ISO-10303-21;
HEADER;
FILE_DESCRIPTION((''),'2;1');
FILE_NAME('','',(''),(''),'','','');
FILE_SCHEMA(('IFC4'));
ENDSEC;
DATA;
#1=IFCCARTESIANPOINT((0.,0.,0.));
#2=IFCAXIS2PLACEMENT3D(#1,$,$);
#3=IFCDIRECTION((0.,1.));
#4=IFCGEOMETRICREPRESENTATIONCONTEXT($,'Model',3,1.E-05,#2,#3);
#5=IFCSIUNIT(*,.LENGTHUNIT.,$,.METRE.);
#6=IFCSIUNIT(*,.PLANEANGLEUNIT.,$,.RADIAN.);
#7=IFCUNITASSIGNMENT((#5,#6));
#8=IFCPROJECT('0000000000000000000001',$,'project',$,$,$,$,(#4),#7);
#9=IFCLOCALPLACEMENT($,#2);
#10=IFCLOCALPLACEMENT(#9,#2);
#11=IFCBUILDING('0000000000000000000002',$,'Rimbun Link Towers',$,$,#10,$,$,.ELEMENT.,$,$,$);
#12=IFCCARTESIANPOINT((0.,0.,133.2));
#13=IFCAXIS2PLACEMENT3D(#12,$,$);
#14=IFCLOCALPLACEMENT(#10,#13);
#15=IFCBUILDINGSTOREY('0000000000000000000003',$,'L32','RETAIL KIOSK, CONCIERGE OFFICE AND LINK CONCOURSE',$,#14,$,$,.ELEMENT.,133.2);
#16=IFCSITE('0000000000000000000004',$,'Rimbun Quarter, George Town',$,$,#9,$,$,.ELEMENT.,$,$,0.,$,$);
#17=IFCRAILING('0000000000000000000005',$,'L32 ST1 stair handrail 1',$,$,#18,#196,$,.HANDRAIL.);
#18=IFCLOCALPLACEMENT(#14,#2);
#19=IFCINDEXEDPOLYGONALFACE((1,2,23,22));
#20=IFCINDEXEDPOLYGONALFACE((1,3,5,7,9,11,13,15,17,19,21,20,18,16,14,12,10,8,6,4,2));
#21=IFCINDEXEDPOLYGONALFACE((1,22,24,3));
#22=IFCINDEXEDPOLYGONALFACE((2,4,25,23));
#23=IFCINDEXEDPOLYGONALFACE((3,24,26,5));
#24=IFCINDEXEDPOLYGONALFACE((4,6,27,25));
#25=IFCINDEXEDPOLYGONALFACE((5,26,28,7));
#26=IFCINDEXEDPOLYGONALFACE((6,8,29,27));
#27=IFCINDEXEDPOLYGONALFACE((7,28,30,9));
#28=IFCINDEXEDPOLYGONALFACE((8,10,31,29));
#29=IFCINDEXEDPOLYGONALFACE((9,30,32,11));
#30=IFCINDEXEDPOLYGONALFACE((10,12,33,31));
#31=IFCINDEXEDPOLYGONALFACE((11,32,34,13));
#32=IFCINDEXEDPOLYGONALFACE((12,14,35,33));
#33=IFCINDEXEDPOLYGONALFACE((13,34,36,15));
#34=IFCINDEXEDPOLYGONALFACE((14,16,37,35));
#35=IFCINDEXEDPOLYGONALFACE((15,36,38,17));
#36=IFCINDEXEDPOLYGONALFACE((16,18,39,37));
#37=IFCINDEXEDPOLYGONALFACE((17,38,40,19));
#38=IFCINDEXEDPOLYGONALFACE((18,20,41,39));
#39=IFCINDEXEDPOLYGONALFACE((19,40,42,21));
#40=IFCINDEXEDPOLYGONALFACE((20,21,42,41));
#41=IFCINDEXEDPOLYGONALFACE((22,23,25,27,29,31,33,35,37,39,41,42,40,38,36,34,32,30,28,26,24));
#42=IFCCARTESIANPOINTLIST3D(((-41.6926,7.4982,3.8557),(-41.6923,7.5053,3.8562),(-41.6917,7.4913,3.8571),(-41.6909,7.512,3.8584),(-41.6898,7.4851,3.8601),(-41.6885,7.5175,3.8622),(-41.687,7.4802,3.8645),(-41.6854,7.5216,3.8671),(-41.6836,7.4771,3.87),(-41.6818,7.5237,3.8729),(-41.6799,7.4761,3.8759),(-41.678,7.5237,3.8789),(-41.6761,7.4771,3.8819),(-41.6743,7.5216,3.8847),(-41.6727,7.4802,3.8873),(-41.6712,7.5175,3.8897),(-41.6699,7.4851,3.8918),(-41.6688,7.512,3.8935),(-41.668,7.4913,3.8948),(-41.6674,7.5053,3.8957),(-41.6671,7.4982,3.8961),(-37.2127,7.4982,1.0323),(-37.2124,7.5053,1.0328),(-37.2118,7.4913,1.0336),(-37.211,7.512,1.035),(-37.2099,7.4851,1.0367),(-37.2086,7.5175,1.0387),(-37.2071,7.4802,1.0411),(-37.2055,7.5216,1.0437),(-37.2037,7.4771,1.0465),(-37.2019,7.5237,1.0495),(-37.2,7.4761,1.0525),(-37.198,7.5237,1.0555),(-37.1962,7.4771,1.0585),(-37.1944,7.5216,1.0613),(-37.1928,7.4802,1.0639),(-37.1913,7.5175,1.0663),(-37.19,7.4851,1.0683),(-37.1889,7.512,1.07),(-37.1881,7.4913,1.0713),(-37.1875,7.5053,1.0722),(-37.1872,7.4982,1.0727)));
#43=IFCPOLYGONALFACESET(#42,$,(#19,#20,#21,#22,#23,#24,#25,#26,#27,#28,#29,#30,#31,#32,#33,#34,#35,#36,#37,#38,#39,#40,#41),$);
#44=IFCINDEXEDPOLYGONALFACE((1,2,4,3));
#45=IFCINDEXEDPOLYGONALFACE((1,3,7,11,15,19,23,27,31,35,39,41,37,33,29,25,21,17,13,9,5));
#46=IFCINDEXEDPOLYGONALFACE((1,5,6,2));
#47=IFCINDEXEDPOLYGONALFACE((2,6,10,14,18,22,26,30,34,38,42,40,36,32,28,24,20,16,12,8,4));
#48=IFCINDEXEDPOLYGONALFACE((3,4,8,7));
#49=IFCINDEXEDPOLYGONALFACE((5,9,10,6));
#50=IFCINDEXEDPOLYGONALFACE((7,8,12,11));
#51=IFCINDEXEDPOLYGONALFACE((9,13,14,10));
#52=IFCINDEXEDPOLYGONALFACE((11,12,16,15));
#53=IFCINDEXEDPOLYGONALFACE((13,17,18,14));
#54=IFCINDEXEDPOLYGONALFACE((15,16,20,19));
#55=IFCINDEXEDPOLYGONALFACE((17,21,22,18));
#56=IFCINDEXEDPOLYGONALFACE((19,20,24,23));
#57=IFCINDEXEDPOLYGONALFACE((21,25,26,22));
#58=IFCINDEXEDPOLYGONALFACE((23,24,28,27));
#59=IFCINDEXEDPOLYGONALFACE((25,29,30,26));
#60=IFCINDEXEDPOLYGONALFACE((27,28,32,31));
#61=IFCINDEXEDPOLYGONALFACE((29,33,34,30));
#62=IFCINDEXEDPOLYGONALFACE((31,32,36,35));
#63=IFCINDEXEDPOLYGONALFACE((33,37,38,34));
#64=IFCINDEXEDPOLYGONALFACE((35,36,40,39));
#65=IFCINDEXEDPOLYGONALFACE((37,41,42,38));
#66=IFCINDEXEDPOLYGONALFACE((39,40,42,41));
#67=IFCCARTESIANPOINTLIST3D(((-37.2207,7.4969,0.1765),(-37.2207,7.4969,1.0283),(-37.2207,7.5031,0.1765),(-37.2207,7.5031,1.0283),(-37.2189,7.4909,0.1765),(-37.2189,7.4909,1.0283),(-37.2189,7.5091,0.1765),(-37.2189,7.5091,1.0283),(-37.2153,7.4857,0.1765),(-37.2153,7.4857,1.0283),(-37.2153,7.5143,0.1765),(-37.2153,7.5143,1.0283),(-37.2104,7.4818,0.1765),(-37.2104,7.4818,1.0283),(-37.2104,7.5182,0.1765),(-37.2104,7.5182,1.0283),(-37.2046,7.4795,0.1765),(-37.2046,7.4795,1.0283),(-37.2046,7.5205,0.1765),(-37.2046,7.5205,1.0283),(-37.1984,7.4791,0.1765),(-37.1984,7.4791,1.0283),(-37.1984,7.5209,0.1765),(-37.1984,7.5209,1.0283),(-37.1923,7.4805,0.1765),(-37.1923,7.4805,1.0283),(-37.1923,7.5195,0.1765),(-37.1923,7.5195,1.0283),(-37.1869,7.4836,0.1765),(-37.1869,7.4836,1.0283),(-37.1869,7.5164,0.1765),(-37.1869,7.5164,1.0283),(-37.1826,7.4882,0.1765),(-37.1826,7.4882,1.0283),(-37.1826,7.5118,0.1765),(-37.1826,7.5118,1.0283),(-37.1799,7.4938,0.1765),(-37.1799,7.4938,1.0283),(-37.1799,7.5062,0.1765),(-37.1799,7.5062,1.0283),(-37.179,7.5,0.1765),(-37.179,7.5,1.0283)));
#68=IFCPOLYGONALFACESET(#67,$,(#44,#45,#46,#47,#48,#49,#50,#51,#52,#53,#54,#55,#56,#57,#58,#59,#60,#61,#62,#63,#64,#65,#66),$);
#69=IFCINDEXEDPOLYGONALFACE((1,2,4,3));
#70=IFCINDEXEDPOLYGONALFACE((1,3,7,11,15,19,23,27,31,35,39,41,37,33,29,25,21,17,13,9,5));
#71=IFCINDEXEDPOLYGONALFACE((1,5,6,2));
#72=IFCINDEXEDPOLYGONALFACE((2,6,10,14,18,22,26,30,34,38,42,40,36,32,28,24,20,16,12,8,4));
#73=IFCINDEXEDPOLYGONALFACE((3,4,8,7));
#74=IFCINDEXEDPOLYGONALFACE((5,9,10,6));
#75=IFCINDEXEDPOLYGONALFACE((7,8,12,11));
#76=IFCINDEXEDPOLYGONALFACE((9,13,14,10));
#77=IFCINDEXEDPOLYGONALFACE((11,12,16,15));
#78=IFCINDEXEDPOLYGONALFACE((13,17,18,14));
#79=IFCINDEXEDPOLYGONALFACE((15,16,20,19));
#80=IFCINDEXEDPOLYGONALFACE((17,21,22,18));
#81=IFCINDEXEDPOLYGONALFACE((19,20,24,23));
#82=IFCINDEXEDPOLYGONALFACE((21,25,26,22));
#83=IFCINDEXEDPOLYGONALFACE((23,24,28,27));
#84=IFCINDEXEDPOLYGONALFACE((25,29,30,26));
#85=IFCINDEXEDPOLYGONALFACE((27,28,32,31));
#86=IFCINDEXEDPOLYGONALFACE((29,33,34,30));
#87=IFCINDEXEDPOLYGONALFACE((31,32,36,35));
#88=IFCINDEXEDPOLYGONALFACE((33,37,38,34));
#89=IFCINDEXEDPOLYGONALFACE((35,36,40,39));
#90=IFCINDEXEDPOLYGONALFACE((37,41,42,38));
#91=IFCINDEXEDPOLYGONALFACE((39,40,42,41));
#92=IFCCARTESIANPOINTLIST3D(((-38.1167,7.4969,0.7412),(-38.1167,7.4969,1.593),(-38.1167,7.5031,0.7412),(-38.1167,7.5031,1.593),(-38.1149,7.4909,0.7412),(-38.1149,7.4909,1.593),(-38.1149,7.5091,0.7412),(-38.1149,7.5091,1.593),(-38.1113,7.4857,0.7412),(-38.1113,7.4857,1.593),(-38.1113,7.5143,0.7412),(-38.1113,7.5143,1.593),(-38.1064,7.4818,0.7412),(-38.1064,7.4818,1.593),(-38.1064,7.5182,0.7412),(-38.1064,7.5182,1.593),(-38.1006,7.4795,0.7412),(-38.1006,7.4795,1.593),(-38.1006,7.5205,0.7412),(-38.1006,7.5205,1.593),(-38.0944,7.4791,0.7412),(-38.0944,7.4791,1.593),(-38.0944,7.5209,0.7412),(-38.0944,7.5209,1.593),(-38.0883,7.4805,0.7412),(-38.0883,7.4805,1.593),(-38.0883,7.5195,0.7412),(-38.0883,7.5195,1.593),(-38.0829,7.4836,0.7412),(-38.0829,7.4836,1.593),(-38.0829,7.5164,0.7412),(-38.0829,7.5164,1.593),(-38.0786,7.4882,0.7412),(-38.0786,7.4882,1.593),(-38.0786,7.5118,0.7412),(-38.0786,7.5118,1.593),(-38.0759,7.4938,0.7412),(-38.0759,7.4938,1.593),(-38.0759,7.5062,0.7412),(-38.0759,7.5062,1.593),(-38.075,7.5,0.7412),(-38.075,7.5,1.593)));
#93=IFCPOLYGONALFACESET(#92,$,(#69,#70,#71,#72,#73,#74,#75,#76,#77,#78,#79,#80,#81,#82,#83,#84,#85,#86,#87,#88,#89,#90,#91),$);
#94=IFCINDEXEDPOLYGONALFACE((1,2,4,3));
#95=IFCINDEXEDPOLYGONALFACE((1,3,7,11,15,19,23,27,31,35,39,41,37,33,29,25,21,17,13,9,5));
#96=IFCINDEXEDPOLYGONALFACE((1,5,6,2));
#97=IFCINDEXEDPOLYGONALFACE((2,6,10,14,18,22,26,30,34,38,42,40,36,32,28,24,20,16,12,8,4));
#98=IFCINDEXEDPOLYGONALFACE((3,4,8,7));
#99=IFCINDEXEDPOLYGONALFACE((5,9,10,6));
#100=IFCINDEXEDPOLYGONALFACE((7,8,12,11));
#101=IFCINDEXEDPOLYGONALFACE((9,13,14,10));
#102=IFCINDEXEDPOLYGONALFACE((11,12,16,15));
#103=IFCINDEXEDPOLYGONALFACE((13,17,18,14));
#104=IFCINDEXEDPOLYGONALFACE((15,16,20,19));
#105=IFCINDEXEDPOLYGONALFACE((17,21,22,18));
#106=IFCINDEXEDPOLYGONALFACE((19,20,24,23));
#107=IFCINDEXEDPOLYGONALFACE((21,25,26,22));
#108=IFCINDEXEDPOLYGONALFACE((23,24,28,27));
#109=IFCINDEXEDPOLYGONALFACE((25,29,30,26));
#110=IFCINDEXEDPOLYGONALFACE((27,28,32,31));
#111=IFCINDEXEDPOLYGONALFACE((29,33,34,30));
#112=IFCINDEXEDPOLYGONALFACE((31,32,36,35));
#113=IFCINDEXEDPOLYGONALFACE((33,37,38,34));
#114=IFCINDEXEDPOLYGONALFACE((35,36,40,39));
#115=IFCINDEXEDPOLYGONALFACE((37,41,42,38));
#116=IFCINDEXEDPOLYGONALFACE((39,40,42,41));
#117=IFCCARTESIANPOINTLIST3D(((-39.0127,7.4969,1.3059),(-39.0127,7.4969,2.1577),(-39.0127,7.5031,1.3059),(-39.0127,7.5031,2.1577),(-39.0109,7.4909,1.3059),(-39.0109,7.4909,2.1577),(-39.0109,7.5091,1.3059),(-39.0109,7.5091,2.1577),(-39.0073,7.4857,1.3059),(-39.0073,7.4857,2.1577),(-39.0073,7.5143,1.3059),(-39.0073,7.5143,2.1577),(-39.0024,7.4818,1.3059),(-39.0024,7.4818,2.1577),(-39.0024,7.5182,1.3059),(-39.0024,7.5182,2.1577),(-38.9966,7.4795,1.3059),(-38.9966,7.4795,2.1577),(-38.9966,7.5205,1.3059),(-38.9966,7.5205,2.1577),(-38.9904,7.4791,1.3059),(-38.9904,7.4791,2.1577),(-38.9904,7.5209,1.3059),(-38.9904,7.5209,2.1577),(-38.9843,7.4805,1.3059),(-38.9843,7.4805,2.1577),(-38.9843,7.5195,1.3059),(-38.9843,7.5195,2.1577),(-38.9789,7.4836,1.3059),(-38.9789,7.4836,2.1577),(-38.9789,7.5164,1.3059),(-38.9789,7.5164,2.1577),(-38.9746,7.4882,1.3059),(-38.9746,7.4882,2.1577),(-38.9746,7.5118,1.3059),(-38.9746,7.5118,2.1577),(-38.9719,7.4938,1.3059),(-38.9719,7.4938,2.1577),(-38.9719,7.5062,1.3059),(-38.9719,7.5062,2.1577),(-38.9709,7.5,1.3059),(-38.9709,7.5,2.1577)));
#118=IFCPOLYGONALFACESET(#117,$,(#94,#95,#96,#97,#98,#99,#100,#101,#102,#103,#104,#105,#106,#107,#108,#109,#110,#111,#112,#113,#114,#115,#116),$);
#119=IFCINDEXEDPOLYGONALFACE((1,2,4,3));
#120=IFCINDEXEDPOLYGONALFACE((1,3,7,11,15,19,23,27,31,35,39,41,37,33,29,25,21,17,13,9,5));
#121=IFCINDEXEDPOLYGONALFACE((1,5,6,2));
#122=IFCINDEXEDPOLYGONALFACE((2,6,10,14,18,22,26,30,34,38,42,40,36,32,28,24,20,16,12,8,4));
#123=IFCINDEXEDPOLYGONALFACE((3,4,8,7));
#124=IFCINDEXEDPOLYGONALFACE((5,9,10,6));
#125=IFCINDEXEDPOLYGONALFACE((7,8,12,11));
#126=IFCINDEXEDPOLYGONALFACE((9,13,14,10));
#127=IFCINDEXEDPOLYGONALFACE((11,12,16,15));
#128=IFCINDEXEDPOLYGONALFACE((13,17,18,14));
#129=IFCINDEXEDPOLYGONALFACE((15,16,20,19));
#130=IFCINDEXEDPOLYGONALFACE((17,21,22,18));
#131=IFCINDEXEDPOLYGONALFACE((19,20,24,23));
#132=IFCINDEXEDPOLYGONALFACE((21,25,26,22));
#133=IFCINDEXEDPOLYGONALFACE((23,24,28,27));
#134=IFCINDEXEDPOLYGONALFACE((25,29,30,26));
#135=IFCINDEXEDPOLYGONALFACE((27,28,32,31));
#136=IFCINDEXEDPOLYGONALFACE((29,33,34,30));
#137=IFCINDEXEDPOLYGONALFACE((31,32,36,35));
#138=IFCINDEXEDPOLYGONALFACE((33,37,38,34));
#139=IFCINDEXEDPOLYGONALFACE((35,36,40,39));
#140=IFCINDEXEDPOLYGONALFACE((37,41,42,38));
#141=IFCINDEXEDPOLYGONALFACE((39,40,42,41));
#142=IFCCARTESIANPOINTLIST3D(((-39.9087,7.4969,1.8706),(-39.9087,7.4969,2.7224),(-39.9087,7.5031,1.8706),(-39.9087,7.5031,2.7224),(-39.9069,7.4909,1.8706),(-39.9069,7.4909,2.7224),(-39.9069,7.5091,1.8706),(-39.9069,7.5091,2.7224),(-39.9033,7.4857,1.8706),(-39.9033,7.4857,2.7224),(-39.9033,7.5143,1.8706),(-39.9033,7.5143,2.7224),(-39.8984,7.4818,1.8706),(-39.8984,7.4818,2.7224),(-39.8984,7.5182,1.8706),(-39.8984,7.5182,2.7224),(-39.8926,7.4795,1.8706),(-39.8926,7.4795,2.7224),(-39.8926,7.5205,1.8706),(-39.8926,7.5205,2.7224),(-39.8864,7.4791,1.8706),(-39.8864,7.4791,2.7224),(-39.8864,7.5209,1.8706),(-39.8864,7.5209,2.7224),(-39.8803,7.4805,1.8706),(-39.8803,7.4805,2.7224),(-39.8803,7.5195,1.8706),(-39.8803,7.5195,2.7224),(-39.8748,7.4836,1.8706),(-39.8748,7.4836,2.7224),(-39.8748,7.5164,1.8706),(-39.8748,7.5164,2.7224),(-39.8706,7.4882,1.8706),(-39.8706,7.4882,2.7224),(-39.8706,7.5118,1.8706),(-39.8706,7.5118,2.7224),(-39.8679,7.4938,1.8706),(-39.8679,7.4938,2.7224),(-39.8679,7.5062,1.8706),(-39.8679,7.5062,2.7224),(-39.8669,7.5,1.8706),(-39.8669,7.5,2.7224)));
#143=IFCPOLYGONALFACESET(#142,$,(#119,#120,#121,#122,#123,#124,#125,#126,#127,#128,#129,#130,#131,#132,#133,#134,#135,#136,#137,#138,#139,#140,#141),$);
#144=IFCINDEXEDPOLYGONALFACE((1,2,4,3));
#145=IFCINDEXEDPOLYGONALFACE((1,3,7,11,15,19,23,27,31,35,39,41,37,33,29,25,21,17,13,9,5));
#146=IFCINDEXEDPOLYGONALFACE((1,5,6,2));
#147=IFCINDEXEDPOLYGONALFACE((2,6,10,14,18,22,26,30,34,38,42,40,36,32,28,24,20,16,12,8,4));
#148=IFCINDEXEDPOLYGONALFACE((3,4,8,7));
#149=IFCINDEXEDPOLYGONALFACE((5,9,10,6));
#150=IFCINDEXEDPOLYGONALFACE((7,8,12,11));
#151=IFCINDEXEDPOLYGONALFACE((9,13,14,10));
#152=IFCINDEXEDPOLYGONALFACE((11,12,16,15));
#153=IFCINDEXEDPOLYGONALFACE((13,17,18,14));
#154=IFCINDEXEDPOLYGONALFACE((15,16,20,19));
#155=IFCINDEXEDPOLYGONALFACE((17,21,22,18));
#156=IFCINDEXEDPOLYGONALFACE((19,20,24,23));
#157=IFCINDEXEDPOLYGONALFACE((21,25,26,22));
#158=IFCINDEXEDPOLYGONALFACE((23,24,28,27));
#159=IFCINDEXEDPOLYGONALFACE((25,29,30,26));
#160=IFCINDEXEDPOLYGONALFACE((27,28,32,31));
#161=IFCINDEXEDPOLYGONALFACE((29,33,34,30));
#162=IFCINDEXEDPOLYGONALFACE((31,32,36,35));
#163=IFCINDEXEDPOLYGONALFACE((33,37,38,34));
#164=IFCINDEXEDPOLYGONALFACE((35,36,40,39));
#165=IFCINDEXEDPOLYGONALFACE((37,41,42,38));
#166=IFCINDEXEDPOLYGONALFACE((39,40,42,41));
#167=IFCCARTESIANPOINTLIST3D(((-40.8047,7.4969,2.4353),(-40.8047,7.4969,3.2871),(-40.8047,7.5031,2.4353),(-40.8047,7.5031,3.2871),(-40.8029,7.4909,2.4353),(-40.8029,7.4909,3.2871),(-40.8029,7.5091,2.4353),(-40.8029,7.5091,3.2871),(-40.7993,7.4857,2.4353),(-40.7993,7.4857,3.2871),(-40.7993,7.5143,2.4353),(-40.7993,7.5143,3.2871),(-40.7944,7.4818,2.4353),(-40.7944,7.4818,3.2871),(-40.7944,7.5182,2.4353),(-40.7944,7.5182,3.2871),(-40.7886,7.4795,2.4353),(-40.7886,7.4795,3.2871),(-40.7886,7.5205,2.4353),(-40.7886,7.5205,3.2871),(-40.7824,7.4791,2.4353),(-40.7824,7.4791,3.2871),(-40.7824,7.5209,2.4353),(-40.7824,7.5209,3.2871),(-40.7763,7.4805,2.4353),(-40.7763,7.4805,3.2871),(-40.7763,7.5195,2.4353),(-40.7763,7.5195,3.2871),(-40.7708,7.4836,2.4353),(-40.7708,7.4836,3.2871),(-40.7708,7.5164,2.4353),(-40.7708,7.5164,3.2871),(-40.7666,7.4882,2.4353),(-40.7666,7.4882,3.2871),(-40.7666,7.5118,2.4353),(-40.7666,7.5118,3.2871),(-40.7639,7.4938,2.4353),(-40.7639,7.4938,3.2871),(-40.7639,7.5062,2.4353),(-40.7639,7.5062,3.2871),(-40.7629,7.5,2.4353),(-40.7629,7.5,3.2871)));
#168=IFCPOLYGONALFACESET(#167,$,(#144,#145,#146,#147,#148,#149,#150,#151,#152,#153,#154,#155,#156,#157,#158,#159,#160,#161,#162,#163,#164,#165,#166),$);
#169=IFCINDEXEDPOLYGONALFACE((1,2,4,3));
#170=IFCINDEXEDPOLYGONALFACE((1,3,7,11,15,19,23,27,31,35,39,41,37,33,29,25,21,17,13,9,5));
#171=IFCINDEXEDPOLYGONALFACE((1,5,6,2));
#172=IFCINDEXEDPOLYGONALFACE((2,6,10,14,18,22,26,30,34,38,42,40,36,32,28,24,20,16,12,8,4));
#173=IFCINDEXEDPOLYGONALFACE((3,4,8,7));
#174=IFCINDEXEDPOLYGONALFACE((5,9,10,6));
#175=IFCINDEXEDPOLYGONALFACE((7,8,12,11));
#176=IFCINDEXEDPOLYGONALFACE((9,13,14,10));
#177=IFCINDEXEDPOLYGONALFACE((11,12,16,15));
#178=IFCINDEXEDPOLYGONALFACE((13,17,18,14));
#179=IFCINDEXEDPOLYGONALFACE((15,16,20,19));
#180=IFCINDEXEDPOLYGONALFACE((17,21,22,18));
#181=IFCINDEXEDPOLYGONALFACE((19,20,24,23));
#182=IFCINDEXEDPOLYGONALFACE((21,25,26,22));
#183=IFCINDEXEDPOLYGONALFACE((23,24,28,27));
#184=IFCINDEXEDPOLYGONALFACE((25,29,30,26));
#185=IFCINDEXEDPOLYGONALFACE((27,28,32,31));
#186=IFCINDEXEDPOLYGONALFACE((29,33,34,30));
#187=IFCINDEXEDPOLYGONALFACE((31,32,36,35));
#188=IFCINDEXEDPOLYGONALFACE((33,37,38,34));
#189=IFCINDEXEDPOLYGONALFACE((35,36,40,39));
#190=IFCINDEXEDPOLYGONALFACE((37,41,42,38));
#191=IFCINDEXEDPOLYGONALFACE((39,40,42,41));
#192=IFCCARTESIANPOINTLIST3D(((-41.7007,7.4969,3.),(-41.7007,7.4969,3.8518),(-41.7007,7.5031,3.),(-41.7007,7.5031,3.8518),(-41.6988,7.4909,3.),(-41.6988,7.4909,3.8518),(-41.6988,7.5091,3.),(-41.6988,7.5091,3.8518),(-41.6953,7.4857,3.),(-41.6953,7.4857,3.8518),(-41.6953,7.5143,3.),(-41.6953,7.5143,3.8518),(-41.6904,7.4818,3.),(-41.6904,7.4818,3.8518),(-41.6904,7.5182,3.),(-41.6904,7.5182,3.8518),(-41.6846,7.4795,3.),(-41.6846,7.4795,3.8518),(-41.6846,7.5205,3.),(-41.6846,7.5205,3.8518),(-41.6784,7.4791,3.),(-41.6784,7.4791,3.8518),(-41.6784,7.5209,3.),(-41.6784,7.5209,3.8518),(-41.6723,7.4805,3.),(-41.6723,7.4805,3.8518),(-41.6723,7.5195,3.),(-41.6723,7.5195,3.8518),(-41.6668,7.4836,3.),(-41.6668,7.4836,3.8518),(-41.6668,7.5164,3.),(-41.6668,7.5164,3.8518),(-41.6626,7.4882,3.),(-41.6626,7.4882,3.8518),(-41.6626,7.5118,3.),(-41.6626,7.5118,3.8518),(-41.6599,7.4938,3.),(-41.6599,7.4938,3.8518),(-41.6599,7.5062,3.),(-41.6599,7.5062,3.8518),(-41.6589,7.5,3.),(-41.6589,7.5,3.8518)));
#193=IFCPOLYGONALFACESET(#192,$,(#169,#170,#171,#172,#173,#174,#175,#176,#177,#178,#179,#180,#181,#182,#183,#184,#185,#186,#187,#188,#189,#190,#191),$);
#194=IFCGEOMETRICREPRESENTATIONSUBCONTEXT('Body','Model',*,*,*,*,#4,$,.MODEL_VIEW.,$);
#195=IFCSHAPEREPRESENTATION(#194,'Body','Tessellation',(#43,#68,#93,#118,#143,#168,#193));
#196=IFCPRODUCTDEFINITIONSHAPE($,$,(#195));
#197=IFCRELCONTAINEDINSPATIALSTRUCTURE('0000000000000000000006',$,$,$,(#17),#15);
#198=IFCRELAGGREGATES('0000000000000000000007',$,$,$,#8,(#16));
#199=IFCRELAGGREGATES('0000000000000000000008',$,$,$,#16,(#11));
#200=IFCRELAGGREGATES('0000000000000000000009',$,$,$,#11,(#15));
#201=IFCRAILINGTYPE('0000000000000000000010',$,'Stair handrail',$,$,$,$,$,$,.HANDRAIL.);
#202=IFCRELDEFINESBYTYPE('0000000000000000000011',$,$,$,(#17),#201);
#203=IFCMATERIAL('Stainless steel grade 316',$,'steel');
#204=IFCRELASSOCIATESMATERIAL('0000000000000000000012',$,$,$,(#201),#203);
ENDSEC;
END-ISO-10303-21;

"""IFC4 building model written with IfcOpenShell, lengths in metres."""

from ifc_helpers import new_model, si_unit, direction, frame, origin, origin_2d, place, context, subcontext, project, spatial, circle, extrude, material, type_object, element, save


model = new_model("IFC4")

# Units and contexts
model_context = context("Model", 3, precision=1e-05, world=origin(), true_north=direction((0.0, 1.0)))
body_context = subcontext(model_context, "Body", "Model", "MODEL_VIEW")
ifc_project = project(units=[si_unit("LENGTHUNIT", "METRE"), si_unit("PLANEANGLEUNIT", "RADIAN")], contexts=[model_context])

# Site, building, storey
site_placement = place(None, origin())
site = spatial("IfcSite", under=ifc_project, at=site_placement, Name="Rimbun Quarter, George Town", CompositionType="ELEMENT", RefElevation=0.0)
building_placement = place(site_placement, origin())
building = spatial("IfcBuilding", under=site, at=building_placement, Name="Rimbun Link Towers", CompositionType="ELEMENT")
storey_placement = place(building_placement, frame((0.0, 0.0, 133.2)))
storey = spatial("IfcBuildingStorey", under=building, at=storey_placement, Name="L32", Description="RETAIL KIOSK, CONCIERGE OFFICE AND LINK CONCOURSE", CompositionType="ELEMENT", Elevation=133.2)

# Railing
ifc_material_1 = material(Name="Stainless steel grade 316", Category="steel")
railing_type_1 = type_object("IfcRailingType", Name="Stair handrail", PredefinedType="HANDRAIL", material=ifc_material_1)
railing_1_placement = place(storey_placement, frame((-37.2, 7.5, 0.1765)))
element("IfcRailing", 1, at=railing_1_placement, inside=storey, type_object=railing_type_1, Name="L32 ST1 stair handrail 1", PredefinedType="HANDRAIL", context=body_context, shape_type="SweptSolid", body=[
    extrude(circle(Radius=0.0239, at=origin_2d()), frame((0.0, 0.0, 0.876), z_axis=(-0.845998, 0.0, 0.533186), x_axis=(0.0, -1.0, 0.0)), (0.0, 0.0, 1.0), 5.2954),
    extrude(circle(Radius=0.021, at=origin_2d()), origin(), (0.0, 0.0, 1.0), 0.8518),
    extrude(circle(Radius=0.021, at=origin_2d()), frame((-0.896, 0.0, 0.5647)), (0.0, 0.0, 1.0), 0.8518),
    extrude(circle(Radius=0.021, at=origin_2d()), frame((-1.792, 0.0, 1.1294)), (0.0, 0.0, 1.0), 0.8518),
    extrude(circle(Radius=0.021, at=origin_2d()), frame((-2.688, 0.0, 1.6941)), (0.0, 0.0, 1.0), 0.8518),
    extrude(circle(Radius=0.021, at=origin_2d()), frame((-3.584, 0.0, 2.2588)), (0.0, 0.0, 1.0), 0.8518),
    extrude(circle(Radius=0.021, at=origin_2d()), frame((-4.48, 0.0, 2.8235)), (0.0, 0.0, 1.0), 0.8518),
])

save(model, "model.ifc")
